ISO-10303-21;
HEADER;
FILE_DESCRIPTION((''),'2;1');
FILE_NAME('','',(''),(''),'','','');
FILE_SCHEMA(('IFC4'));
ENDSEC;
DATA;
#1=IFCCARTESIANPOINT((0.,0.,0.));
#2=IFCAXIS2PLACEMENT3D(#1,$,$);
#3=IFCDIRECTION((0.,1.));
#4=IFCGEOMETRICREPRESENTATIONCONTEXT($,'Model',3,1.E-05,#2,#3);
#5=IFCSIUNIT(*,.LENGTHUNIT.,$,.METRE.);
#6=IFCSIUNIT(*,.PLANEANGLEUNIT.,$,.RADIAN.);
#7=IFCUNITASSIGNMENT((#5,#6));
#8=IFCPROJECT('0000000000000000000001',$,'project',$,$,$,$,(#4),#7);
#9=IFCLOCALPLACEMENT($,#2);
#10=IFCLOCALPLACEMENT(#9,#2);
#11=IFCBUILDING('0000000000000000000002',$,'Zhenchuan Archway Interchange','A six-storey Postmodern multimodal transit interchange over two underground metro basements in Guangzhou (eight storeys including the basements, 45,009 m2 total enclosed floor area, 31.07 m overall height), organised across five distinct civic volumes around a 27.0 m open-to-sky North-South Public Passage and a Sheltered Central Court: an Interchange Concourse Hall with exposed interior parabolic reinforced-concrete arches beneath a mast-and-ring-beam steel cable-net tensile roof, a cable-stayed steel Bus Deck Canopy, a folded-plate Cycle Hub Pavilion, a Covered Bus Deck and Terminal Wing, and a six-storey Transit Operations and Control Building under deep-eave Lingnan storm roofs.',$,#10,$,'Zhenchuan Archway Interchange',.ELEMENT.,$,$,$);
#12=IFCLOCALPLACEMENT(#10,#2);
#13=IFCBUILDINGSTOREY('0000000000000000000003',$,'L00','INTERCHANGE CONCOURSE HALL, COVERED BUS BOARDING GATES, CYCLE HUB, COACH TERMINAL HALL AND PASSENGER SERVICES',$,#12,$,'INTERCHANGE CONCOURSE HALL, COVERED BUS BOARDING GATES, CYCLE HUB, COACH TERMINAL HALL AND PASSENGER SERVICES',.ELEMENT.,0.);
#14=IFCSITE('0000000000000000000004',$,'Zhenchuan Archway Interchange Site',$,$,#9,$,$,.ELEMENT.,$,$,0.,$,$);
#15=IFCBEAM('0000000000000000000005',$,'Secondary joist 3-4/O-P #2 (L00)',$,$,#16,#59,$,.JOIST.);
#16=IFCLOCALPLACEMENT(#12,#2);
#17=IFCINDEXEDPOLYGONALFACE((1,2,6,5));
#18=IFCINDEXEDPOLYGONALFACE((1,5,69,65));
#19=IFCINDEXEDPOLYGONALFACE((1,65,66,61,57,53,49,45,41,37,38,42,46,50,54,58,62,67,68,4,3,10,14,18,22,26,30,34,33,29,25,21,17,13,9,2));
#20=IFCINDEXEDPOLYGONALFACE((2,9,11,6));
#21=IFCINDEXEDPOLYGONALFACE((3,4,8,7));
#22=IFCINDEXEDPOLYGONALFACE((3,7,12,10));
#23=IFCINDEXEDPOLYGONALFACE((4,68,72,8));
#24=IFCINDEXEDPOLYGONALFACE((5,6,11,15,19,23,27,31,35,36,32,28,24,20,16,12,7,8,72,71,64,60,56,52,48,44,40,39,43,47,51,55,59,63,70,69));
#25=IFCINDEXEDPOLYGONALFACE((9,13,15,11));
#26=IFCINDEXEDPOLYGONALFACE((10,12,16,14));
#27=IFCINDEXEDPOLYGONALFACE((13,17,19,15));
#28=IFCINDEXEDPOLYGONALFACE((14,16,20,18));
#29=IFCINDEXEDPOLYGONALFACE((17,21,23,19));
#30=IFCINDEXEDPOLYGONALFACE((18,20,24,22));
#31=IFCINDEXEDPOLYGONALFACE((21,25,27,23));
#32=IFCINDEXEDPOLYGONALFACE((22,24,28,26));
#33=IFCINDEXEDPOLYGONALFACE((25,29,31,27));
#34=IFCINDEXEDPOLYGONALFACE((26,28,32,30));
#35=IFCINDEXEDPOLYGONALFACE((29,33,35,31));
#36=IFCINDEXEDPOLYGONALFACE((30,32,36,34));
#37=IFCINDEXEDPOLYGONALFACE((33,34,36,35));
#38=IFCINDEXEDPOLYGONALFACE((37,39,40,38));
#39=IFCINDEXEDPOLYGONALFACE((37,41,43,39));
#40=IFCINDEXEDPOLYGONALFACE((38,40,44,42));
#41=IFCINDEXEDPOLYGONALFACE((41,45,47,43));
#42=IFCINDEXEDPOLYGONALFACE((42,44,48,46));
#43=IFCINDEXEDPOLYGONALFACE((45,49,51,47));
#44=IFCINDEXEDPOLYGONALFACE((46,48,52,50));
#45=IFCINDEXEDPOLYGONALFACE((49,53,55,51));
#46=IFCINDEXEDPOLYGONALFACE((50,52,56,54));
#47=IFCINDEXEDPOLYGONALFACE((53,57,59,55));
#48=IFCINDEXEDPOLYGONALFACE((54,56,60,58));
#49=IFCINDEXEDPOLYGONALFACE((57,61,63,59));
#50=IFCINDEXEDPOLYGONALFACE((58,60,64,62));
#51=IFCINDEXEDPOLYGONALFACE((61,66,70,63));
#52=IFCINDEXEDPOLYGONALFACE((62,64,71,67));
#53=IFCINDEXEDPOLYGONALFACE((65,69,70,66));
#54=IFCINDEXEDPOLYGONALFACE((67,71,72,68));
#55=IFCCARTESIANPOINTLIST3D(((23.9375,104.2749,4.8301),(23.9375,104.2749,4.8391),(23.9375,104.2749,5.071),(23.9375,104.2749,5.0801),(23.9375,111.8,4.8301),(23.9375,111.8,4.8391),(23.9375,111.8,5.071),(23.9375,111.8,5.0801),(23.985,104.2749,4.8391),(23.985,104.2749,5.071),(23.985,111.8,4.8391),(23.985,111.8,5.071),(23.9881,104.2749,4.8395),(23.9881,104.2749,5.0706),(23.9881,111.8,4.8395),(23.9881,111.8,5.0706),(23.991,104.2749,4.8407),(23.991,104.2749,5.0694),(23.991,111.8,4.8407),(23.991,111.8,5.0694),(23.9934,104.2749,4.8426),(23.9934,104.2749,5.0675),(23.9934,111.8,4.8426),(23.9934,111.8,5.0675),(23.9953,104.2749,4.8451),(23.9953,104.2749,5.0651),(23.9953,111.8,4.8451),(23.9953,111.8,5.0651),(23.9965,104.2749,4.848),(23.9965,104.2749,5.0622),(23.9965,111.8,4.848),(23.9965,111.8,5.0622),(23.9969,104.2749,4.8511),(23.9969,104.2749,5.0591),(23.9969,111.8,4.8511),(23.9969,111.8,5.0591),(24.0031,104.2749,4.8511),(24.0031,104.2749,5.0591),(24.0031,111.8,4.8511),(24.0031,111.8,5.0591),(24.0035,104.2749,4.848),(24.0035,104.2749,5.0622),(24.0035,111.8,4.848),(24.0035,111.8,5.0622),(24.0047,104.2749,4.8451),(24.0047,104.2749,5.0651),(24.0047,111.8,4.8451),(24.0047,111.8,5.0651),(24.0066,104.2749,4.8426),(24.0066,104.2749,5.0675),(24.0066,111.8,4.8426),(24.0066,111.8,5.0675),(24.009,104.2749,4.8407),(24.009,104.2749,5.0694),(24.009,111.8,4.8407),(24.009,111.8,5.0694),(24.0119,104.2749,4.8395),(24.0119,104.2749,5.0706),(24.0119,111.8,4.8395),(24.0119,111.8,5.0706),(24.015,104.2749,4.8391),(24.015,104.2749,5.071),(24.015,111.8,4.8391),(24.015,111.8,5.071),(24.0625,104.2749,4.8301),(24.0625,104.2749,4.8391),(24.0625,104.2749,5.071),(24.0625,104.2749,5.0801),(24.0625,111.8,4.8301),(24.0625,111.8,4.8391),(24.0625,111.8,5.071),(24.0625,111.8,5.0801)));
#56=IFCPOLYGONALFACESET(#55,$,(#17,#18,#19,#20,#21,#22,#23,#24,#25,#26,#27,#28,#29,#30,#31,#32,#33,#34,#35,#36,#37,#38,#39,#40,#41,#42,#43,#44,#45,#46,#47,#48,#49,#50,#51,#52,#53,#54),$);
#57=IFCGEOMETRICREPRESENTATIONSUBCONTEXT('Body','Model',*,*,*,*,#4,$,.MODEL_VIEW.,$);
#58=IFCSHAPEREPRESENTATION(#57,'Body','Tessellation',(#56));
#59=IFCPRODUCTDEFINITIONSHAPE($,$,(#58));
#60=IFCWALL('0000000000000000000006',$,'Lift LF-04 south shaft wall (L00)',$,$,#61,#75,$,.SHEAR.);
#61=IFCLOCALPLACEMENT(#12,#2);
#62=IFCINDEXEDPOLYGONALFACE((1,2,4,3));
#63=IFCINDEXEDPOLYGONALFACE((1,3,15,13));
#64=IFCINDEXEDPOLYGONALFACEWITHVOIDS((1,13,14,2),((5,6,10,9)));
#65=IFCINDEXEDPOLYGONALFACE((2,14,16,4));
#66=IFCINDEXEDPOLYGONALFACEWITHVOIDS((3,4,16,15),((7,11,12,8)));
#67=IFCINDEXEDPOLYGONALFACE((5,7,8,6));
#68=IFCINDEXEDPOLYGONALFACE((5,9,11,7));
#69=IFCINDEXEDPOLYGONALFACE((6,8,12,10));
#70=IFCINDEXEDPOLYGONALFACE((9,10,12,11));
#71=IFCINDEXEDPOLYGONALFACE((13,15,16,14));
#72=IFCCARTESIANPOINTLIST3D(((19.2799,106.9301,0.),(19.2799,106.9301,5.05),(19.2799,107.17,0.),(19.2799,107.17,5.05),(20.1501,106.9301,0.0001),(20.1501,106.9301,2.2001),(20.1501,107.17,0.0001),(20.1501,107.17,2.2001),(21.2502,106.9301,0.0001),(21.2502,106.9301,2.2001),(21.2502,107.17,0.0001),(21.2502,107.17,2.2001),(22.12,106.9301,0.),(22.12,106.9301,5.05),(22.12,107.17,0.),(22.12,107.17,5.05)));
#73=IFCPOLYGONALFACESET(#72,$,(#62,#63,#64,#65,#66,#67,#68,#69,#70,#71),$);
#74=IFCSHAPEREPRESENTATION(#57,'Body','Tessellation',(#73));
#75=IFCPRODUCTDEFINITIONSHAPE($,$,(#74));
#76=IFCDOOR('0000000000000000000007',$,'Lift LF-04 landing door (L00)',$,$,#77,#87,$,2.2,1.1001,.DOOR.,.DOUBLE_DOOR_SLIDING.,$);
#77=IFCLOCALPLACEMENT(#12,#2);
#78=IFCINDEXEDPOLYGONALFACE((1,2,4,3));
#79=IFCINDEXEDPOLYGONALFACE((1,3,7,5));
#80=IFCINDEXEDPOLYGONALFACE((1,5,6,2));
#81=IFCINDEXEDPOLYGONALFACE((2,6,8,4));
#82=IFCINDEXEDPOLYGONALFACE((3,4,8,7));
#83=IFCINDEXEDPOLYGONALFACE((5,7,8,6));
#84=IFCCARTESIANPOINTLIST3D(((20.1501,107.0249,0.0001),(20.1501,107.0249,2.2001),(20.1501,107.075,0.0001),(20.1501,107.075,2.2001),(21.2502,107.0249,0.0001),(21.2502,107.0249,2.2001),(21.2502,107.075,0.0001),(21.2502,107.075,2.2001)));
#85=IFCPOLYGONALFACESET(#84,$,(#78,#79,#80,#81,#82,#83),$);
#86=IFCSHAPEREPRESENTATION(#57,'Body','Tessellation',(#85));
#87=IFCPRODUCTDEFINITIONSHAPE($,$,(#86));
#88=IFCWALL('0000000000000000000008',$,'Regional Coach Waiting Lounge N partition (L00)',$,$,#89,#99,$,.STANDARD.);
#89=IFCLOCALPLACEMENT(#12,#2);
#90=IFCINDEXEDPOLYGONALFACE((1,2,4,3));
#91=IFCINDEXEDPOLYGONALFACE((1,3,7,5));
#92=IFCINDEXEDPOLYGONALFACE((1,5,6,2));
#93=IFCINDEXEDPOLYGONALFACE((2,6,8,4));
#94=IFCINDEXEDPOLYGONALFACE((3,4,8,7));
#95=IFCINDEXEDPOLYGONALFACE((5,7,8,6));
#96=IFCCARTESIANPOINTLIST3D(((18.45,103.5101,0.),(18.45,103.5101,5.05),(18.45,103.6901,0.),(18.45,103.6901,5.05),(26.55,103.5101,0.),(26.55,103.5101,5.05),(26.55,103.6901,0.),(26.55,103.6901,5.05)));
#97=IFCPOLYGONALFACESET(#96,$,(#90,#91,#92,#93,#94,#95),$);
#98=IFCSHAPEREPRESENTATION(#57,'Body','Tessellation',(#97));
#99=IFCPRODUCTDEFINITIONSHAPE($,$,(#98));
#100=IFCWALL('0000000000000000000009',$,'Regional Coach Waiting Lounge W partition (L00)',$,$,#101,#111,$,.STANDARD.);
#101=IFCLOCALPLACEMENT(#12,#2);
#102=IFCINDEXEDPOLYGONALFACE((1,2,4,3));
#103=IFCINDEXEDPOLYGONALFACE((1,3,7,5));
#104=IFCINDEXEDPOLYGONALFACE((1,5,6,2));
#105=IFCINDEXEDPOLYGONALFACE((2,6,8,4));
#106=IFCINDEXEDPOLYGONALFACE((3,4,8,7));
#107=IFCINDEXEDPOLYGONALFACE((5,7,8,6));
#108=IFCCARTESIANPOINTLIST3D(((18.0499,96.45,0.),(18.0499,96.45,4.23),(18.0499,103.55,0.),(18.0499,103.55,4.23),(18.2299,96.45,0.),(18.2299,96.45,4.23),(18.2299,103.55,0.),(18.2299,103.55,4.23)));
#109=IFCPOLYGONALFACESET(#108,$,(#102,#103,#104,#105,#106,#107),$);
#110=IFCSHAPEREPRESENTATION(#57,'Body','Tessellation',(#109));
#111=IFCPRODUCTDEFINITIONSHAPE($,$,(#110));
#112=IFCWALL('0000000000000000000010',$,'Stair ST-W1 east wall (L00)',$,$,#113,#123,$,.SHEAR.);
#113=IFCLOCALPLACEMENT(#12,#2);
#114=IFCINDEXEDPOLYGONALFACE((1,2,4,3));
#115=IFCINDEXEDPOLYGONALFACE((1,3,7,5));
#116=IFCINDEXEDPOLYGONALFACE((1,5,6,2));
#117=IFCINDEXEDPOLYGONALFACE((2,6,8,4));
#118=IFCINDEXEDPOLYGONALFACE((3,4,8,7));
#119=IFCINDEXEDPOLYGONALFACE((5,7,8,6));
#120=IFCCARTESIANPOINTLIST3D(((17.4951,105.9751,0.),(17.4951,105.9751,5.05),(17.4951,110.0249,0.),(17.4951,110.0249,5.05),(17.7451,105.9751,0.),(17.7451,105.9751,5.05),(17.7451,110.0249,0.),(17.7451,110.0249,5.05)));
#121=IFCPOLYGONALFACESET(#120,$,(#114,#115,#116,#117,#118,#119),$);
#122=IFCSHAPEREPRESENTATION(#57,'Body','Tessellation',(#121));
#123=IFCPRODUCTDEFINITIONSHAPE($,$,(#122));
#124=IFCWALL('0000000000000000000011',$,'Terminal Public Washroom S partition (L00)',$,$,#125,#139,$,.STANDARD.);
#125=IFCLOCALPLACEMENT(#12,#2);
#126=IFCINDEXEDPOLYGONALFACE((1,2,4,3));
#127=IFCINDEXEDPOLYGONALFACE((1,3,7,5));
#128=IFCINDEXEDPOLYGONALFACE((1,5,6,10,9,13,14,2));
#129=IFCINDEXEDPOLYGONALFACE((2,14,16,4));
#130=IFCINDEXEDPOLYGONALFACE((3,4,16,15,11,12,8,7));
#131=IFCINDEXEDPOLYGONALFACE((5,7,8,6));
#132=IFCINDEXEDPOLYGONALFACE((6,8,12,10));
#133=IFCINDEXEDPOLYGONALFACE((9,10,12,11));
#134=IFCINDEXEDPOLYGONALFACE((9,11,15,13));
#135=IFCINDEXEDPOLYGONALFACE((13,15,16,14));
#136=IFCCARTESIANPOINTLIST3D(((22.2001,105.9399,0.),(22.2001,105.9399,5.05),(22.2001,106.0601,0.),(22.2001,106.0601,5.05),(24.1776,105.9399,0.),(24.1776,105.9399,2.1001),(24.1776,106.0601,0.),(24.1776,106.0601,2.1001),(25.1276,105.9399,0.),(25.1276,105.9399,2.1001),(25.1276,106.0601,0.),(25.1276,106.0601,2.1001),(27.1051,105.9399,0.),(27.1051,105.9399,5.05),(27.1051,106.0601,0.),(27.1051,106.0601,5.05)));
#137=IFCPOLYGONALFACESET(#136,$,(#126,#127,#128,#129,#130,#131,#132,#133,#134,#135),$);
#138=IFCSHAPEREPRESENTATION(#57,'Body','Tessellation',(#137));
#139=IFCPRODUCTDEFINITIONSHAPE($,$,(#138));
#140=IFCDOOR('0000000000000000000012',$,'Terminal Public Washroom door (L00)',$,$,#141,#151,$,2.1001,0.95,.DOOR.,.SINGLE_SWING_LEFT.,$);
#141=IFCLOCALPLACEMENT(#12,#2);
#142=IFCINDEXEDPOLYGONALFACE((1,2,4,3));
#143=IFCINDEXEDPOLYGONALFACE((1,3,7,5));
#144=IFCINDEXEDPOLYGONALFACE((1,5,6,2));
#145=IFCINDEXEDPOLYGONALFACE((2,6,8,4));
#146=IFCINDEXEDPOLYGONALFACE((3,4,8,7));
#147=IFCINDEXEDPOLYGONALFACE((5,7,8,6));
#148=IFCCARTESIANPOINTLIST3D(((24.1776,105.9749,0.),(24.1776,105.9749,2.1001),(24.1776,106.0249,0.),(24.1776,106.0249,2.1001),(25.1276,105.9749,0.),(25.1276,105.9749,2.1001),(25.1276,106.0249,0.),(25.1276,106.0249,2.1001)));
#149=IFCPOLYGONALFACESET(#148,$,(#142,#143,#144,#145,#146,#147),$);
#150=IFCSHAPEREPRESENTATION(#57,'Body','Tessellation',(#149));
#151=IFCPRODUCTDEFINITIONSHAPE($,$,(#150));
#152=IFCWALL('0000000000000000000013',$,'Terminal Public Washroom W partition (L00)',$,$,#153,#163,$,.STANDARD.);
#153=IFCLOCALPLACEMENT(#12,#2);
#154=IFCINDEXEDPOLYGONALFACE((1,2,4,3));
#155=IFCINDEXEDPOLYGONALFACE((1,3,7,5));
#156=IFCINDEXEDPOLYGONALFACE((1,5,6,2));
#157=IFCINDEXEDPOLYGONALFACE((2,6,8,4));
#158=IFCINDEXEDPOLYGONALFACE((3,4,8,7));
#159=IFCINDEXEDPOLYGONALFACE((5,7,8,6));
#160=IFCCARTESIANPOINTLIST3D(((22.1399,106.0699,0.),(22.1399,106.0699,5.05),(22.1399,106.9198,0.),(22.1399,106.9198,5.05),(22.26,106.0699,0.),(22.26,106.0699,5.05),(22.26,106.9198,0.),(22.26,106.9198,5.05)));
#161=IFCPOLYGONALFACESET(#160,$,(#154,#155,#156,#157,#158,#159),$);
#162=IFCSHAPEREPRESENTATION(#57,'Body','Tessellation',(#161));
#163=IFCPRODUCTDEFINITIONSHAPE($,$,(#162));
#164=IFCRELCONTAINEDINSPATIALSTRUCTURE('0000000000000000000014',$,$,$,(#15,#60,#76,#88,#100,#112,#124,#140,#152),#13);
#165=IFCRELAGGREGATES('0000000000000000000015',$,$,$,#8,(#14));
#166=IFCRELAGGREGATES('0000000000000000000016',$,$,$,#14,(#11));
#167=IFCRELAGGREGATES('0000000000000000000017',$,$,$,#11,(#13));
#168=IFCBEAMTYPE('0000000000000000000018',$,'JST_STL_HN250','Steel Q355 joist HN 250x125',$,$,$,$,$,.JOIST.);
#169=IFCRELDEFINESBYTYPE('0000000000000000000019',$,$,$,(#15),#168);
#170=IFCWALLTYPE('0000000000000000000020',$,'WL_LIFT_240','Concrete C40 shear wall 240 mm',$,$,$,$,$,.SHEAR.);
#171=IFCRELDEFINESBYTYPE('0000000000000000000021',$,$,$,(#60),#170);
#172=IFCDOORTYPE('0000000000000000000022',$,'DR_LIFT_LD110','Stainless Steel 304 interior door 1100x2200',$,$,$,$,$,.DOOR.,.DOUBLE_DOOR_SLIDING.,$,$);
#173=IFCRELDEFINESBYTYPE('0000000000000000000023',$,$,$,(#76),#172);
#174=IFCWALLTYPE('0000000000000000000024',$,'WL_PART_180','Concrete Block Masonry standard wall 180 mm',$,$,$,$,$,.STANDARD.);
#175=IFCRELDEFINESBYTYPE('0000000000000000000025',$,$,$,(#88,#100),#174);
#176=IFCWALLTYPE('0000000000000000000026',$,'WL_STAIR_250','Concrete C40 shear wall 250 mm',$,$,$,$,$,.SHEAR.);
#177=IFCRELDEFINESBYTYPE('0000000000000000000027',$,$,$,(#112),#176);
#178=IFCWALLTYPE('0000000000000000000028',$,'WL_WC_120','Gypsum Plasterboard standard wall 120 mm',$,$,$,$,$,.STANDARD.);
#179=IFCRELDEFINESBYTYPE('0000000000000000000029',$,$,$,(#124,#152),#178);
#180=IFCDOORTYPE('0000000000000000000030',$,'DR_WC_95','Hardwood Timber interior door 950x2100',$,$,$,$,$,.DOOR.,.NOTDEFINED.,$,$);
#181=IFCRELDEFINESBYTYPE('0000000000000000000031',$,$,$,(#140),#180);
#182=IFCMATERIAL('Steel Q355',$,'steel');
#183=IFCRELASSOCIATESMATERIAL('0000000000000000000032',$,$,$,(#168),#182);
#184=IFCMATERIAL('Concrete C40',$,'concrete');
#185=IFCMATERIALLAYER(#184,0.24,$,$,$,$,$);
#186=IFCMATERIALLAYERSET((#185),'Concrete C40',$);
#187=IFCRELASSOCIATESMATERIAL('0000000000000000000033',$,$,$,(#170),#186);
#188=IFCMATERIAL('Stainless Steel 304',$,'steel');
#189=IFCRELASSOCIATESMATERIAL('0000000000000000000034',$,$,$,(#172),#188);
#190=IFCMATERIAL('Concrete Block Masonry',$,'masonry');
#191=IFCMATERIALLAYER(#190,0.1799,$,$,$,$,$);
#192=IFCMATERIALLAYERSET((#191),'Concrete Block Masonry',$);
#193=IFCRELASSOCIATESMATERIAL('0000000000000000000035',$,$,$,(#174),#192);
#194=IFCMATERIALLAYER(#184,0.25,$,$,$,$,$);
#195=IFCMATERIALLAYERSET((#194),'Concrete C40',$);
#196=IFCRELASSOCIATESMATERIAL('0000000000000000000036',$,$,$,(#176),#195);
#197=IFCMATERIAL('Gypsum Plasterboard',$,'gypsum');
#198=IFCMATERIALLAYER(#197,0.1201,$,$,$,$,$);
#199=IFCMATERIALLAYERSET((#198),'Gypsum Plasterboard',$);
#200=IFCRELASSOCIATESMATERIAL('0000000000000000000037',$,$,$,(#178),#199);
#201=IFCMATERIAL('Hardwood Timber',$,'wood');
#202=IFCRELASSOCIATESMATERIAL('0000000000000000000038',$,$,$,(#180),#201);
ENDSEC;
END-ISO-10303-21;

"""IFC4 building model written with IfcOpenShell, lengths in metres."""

from ifc_helpers import new_model, si_unit, direction, frame, frame_2d, origin, origin_2d, place, context, subcontext, project, spatial, rectangle, i_section, extrude, material, layer, layer_set, material_profile, profile_set, type_object, element, fill, save


model = new_model("IFC4")

# Units and contexts
model_context = context("Model", 3, precision=1e-05, world=origin(), true_north=direction((0.0, 1.0)))
body_context = subcontext(model_context, "Body", "Model", "MODEL_VIEW")
ifc_project = project(units=[si_unit("LENGTHUNIT", "METRE"), si_unit("PLANEANGLEUNIT", "RADIAN")], contexts=[model_context])

# Site, building, storey
site_placement = place(None, origin())
site = spatial("IfcSite", under=ifc_project, at=site_placement, Name="Zhenchuan Archway Interchange Site", CompositionType="ELEMENT", RefElevation=0.0)
building_placement = place(site_placement, origin())
building = spatial("IfcBuilding", under=site, at=building_placement, Name="Zhenchuan Archway Interchange", Description="A six-storey Postmodern multimodal transit interchange over two underground metro basements in Guangzhou (eight storeys including the basements, 45,009 m2 total enclosed floor area, 31.07 m overall height), organised across five distinct civic volumes around a 27.0 m open-to-sky North-South Public Passage and a Sheltered Central Court: an Interchange Concourse Hall with exposed interior parabolic reinforced-concrete arches beneath a mast-and-ring-beam steel cable-net tensile roof, a cable-stayed steel Bus Deck Canopy, a folded-plate Cycle Hub Pavilion, a Covered Bus Deck and Terminal Wing, and a six-storey Transit Operations and Control Building under deep-eave Lingnan storm roofs.", LongName="Zhenchuan Archway Interchange", CompositionType="ELEMENT")
storey_placement = place(building_placement, origin())
storey = spatial("IfcBuildingStorey", under=building, at=storey_placement, Name="L00", Description="INTERCHANGE CONCOURSE HALL, COVERED BUS BOARDING GATES, CYCLE HUB, COACH TERMINAL HALL AND PASSENGER SERVICES", LongName="INTERCHANGE CONCOURSE HALL, COVERED BUS BOARDING GATES, CYCLE HUB, COACH TERMINAL HALL AND PASSENGER SERVICES", CompositionType="ELEMENT", Elevation=0.0)

# Shared definitions
ifc_material_1 = material(Name="Concrete C40", Category="concrete")

# Beam
ifc_material_2 = material(Name="Steel Q355", Category="steel")
ifc_material_profile_1 = material_profile(ifc_material_2, i_section(OverallWidth=0.125, OverallDepth=0.25, WebThickness=0.0061, FlangeThickness=0.009, FilletRadius=0.012, at=origin_2d()), Name="HN 250x125")
ifc_profile_set_1 = profile_set([ifc_material_profile_1], Name="Steel Q355")
beam_type_1 = type_object("IfcBeamType", Name="JST_STL_HN250", Description="Steel Q355 joist HN 250x125", PredefinedType="JOIST", material=ifc_profile_set_1)
beam_1_placement = place(storey_placement, frame((24.0, 104.2749, 4.9551), z_axis=(0.0, 1.0, 0.0), x_axis=(-1.0, 0.0, 0.0)))
element("IfcBeam", 1, at=beam_1_placement, inside=storey, type_object=beam_type_1, Name="Secondary joist 3-4/O-P #2 (L00)", PredefinedType="JOIST", context=body_context, shape_type="SweptSolid", body=[
    extrude(i_section(OverallWidth=0.125, OverallDepth=0.25, WebThickness=0.0061, FlangeThickness=0.009, FilletRadius=0.012, at=origin_2d()), origin(), (0.0, 0.0, 1.0), 7.5251),
])

# Wall, opening, door
ifc_layer_1 = layer(ifc_material_1, 0.24)
ifc_layer_set_1 = layer_set([ifc_layer_1], Name="Concrete C40")
wall_type_1 = type_object("IfcWallType", Name="WL_LIFT_240", Description="Concrete C40 shear wall 240 mm", PredefinedType="SHEAR", material=ifc_layer_set_1)
wall_1_placement = place(storey_placement, frame((19.28, 107.05, 0.0), z_axis=(0.0, 0.0, 1.0), x_axis=(1.0, 0.0, 0.0)))
wall_1 = element("IfcWall", 2, at=wall_1_placement, inside=storey, type_object=wall_type_1, Name="Lift LF-04 south shaft wall (L00)", PredefinedType="SHEAR", context=body_context, shape_type="SweptSolid", body=[
    extrude(rectangle(XDim=2.8401, YDim=0.24, at=frame_2d((1.4199, 0.0))), origin(), (0.0, 0.0, 1.0), 5.05),
])
opening_1_placement = place(wall_1_placement, frame((0.8701, 0.0, 0.0)))
opening_1 = element("IfcOpeningElement", 3, at=opening_1_placement, cuts=wall_1, PredefinedType="OPENING", context=body_context, shape_type="SweptSolid", body=[
    extrude(rectangle(XDim=1.1001, YDim=2.2, at=frame_2d((0.55, 1.1001))), frame((0.0, 0.1318, 0.0), z_axis=(0.0, -1.0, 0.0), x_axis=(1.0, 0.0, 0.0)), (0.0, 0.0, 1.0), 0.2639),
])
ifc_material_3 = material(Name="Stainless Steel 304", Category="steel")
door_type_1 = type_object("IfcDoorType", Name="DR_LIFT_LD110", Description="Stainless Steel 304 interior door 1100x2200", OperationType="DOUBLE_DOOR_SLIDING", PredefinedType="DOOR", material=ifc_material_3)
door_1_placement = place(opening_1_placement, origin())
door_1 = element("IfcDoor", 4, at=door_1_placement, inside=storey, type_object=door_type_1, Name="Lift LF-04 landing door (L00)", OperationType="DOUBLE_DOOR_SLIDING", OverallHeight=2.2, OverallWidth=1.1001, PredefinedType="DOOR", context=body_context, shape_type="SweptSolid", body=[
    extrude(rectangle(XDim=1.1001, YDim=2.2, at=frame_2d((0.55, 1.1001))), frame((0.0, 0.0249, 0.0), z_axis=(0.0, -1.0, 0.0), x_axis=(1.0, 0.0, 0.0)), (0.0, 0.0, 1.0), 0.05),
])
fill(opening_1, door_1)

# Walls
ifc_material_4 = material(Name="Concrete Block Masonry", Category="masonry")
ifc_layer_2 = layer(ifc_material_4, 0.1799)
ifc_layer_set_2 = layer_set([ifc_layer_2], Name="Concrete Block Masonry")
wall_type_2 = type_object("IfcWallType", Name="WL_PART_180", Description="Concrete Block Masonry standard wall 180 mm", PredefinedType="STANDARD", material=ifc_layer_set_2)
wall_2_placement = place(storey_placement, frame((18.45, 103.6001, 0.0), z_axis=(0.0, 0.0, 1.0), x_axis=(1.0, 0.0, 0.0)))
element("IfcWall", 5, at=wall_2_placement, inside=storey, type_object=wall_type_2, Name="Regional Coach Waiting Lounge N partition (L00)", PredefinedType="STANDARD", context=body_context, shape_type="SweptSolid", body=[
    extrude(rectangle(XDim=8.1001, YDim=0.1799, at=frame_2d((4.05, 0.0))), origin(), (0.0, 0.0, 1.0), 5.05),
])
wall_3_placement = place(storey_placement, frame((18.1399, 96.45, 0.0), z_axis=(0.0, 0.0, 1.0), x_axis=(0.0, 1.0, 0.0)))
element("IfcWall", 6, at=wall_3_placement, inside=storey, type_object=wall_type_2, Name="Regional Coach Waiting Lounge W partition (L00)", PredefinedType="STANDARD", context=body_context, shape_type="SweptSolid", body=[
    extrude(rectangle(XDim=7.1001, YDim=0.1799, at=frame_2d((3.55, 0.0))), origin(), (0.0, 0.0, 1.0), 4.23),
])
ifc_layer_3 = layer(ifc_material_1, 0.25)
ifc_layer_set_3 = layer_set([ifc_layer_3], Name="Concrete C40")
wall_type_3 = type_object("IfcWallType", Name="WL_STAIR_250", Description="Concrete C40 shear wall 250 mm", PredefinedType="SHEAR", material=ifc_layer_set_3)
wall_4_placement = place(storey_placement, frame((17.6201, 105.9751, 0.0), z_axis=(0.0, 0.0, 1.0), x_axis=(0.0, 1.0, 0.0)))
element("IfcWall", 7, at=wall_4_placement, inside=storey, type_object=wall_type_3, Name="Stair ST-W1 east wall (L00)", PredefinedType="SHEAR", context=body_context, shape_type="SweptSolid", body=[
    extrude(rectangle(XDim=4.0498, YDim=0.25, at=frame_2d((2.0249, 0.0))), origin(), (0.0, 0.0, 1.0), 5.05),
])

# Wall, opening, door
ifc_material_5 = material(Name="Gypsum Plasterboard", Category="gypsum")
ifc_layer_4 = layer(ifc_material_5, 0.1201)
ifc_layer_set_4 = layer_set([ifc_layer_4], Name="Gypsum Plasterboard")
wall_type_4 = type_object("IfcWallType", Name="WL_WC_120", Description="Gypsum Plasterboard standard wall 120 mm", PredefinedType="STANDARD", material=ifc_layer_set_4)
wall_5_placement = place(storey_placement, frame((22.2, 106.0, 0.0), z_axis=(0.0, 0.0, 1.0), x_axis=(1.0, 0.0, 0.0)))
wall_5 = element("IfcWall", 8, at=wall_5_placement, inside=storey, type_object=wall_type_4, Name="Terminal Public Washroom S partition (L00)", PredefinedType="STANDARD", context=body_context, shape_type="SweptSolid", body=[
    extrude(rectangle(XDim=4.905, YDim=0.1201, at=frame_2d((2.4526, 0.0))), origin(), (0.0, 0.0, 1.0), 5.05),
])
opening_2_placement = place(wall_5_placement, frame((1.9775, 0.0, 0.0)))
opening_2 = element("IfcOpeningElement", 9, at=opening_2_placement, cuts=wall_5, PredefinedType="OPENING", context=body_context, shape_type="SweptSolid", body=[
    extrude(rectangle(XDim=0.95, YDim=2.1001, at=frame_2d((0.4751, 1.05))), frame((0.0, 0.072, 0.0), z_axis=(0.0, -1.0, 0.0), x_axis=(1.0, 0.0, 0.0)), (0.0, 0.0, 1.0), 0.144),
])
ifc_material_6 = material(Name="Hardwood Timber", Category="wood")
door_type_2 = type_object("IfcDoorType", Name="DR_WC_95", Description="Hardwood Timber interior door 950x2100", OperationType="NOTDEFINED", PredefinedType="DOOR", material=ifc_material_6)
door_2_placement = place(opening_2_placement, origin())
door_2 = element("IfcDoor", 10, at=door_2_placement, inside=storey, type_object=door_type_2, Name="Terminal Public Washroom door (L00)", OperationType="SINGLE_SWING_LEFT", OverallHeight=2.1001, OverallWidth=0.95, PredefinedType="DOOR", context=body_context, shape_type="SweptSolid", body=[
    extrude(rectangle(XDim=0.95, YDim=2.1001, at=frame_2d((0.4751, 1.05))), frame((0.0, 0.0249, 0.0), z_axis=(0.0, -1.0, 0.0), x_axis=(1.0, 0.0, 0.0)), (0.0, 0.0, 1.0), 0.05),
])
fill(opening_2, door_2)

# Wall
wall_6_placement = place(storey_placement, frame((22.2, 106.0701, 0.0), z_axis=(0.0, 0.0, 1.0), x_axis=(0.0, 1.0, 0.0)))
element("IfcWall", 11, at=wall_6_placement, inside=storey, type_object=wall_type_4, Name="Terminal Public Washroom W partition (L00)", PredefinedType="STANDARD", context=body_context, shape_type="SweptSolid", body=[
    extrude(rectangle(XDim=0.8499, YDim=0.1201, at=frame_2d((0.4248, 0.0))), origin(), (0.0, 0.0, 1.0), 5.05),
])

save(model, "model.ifc")
